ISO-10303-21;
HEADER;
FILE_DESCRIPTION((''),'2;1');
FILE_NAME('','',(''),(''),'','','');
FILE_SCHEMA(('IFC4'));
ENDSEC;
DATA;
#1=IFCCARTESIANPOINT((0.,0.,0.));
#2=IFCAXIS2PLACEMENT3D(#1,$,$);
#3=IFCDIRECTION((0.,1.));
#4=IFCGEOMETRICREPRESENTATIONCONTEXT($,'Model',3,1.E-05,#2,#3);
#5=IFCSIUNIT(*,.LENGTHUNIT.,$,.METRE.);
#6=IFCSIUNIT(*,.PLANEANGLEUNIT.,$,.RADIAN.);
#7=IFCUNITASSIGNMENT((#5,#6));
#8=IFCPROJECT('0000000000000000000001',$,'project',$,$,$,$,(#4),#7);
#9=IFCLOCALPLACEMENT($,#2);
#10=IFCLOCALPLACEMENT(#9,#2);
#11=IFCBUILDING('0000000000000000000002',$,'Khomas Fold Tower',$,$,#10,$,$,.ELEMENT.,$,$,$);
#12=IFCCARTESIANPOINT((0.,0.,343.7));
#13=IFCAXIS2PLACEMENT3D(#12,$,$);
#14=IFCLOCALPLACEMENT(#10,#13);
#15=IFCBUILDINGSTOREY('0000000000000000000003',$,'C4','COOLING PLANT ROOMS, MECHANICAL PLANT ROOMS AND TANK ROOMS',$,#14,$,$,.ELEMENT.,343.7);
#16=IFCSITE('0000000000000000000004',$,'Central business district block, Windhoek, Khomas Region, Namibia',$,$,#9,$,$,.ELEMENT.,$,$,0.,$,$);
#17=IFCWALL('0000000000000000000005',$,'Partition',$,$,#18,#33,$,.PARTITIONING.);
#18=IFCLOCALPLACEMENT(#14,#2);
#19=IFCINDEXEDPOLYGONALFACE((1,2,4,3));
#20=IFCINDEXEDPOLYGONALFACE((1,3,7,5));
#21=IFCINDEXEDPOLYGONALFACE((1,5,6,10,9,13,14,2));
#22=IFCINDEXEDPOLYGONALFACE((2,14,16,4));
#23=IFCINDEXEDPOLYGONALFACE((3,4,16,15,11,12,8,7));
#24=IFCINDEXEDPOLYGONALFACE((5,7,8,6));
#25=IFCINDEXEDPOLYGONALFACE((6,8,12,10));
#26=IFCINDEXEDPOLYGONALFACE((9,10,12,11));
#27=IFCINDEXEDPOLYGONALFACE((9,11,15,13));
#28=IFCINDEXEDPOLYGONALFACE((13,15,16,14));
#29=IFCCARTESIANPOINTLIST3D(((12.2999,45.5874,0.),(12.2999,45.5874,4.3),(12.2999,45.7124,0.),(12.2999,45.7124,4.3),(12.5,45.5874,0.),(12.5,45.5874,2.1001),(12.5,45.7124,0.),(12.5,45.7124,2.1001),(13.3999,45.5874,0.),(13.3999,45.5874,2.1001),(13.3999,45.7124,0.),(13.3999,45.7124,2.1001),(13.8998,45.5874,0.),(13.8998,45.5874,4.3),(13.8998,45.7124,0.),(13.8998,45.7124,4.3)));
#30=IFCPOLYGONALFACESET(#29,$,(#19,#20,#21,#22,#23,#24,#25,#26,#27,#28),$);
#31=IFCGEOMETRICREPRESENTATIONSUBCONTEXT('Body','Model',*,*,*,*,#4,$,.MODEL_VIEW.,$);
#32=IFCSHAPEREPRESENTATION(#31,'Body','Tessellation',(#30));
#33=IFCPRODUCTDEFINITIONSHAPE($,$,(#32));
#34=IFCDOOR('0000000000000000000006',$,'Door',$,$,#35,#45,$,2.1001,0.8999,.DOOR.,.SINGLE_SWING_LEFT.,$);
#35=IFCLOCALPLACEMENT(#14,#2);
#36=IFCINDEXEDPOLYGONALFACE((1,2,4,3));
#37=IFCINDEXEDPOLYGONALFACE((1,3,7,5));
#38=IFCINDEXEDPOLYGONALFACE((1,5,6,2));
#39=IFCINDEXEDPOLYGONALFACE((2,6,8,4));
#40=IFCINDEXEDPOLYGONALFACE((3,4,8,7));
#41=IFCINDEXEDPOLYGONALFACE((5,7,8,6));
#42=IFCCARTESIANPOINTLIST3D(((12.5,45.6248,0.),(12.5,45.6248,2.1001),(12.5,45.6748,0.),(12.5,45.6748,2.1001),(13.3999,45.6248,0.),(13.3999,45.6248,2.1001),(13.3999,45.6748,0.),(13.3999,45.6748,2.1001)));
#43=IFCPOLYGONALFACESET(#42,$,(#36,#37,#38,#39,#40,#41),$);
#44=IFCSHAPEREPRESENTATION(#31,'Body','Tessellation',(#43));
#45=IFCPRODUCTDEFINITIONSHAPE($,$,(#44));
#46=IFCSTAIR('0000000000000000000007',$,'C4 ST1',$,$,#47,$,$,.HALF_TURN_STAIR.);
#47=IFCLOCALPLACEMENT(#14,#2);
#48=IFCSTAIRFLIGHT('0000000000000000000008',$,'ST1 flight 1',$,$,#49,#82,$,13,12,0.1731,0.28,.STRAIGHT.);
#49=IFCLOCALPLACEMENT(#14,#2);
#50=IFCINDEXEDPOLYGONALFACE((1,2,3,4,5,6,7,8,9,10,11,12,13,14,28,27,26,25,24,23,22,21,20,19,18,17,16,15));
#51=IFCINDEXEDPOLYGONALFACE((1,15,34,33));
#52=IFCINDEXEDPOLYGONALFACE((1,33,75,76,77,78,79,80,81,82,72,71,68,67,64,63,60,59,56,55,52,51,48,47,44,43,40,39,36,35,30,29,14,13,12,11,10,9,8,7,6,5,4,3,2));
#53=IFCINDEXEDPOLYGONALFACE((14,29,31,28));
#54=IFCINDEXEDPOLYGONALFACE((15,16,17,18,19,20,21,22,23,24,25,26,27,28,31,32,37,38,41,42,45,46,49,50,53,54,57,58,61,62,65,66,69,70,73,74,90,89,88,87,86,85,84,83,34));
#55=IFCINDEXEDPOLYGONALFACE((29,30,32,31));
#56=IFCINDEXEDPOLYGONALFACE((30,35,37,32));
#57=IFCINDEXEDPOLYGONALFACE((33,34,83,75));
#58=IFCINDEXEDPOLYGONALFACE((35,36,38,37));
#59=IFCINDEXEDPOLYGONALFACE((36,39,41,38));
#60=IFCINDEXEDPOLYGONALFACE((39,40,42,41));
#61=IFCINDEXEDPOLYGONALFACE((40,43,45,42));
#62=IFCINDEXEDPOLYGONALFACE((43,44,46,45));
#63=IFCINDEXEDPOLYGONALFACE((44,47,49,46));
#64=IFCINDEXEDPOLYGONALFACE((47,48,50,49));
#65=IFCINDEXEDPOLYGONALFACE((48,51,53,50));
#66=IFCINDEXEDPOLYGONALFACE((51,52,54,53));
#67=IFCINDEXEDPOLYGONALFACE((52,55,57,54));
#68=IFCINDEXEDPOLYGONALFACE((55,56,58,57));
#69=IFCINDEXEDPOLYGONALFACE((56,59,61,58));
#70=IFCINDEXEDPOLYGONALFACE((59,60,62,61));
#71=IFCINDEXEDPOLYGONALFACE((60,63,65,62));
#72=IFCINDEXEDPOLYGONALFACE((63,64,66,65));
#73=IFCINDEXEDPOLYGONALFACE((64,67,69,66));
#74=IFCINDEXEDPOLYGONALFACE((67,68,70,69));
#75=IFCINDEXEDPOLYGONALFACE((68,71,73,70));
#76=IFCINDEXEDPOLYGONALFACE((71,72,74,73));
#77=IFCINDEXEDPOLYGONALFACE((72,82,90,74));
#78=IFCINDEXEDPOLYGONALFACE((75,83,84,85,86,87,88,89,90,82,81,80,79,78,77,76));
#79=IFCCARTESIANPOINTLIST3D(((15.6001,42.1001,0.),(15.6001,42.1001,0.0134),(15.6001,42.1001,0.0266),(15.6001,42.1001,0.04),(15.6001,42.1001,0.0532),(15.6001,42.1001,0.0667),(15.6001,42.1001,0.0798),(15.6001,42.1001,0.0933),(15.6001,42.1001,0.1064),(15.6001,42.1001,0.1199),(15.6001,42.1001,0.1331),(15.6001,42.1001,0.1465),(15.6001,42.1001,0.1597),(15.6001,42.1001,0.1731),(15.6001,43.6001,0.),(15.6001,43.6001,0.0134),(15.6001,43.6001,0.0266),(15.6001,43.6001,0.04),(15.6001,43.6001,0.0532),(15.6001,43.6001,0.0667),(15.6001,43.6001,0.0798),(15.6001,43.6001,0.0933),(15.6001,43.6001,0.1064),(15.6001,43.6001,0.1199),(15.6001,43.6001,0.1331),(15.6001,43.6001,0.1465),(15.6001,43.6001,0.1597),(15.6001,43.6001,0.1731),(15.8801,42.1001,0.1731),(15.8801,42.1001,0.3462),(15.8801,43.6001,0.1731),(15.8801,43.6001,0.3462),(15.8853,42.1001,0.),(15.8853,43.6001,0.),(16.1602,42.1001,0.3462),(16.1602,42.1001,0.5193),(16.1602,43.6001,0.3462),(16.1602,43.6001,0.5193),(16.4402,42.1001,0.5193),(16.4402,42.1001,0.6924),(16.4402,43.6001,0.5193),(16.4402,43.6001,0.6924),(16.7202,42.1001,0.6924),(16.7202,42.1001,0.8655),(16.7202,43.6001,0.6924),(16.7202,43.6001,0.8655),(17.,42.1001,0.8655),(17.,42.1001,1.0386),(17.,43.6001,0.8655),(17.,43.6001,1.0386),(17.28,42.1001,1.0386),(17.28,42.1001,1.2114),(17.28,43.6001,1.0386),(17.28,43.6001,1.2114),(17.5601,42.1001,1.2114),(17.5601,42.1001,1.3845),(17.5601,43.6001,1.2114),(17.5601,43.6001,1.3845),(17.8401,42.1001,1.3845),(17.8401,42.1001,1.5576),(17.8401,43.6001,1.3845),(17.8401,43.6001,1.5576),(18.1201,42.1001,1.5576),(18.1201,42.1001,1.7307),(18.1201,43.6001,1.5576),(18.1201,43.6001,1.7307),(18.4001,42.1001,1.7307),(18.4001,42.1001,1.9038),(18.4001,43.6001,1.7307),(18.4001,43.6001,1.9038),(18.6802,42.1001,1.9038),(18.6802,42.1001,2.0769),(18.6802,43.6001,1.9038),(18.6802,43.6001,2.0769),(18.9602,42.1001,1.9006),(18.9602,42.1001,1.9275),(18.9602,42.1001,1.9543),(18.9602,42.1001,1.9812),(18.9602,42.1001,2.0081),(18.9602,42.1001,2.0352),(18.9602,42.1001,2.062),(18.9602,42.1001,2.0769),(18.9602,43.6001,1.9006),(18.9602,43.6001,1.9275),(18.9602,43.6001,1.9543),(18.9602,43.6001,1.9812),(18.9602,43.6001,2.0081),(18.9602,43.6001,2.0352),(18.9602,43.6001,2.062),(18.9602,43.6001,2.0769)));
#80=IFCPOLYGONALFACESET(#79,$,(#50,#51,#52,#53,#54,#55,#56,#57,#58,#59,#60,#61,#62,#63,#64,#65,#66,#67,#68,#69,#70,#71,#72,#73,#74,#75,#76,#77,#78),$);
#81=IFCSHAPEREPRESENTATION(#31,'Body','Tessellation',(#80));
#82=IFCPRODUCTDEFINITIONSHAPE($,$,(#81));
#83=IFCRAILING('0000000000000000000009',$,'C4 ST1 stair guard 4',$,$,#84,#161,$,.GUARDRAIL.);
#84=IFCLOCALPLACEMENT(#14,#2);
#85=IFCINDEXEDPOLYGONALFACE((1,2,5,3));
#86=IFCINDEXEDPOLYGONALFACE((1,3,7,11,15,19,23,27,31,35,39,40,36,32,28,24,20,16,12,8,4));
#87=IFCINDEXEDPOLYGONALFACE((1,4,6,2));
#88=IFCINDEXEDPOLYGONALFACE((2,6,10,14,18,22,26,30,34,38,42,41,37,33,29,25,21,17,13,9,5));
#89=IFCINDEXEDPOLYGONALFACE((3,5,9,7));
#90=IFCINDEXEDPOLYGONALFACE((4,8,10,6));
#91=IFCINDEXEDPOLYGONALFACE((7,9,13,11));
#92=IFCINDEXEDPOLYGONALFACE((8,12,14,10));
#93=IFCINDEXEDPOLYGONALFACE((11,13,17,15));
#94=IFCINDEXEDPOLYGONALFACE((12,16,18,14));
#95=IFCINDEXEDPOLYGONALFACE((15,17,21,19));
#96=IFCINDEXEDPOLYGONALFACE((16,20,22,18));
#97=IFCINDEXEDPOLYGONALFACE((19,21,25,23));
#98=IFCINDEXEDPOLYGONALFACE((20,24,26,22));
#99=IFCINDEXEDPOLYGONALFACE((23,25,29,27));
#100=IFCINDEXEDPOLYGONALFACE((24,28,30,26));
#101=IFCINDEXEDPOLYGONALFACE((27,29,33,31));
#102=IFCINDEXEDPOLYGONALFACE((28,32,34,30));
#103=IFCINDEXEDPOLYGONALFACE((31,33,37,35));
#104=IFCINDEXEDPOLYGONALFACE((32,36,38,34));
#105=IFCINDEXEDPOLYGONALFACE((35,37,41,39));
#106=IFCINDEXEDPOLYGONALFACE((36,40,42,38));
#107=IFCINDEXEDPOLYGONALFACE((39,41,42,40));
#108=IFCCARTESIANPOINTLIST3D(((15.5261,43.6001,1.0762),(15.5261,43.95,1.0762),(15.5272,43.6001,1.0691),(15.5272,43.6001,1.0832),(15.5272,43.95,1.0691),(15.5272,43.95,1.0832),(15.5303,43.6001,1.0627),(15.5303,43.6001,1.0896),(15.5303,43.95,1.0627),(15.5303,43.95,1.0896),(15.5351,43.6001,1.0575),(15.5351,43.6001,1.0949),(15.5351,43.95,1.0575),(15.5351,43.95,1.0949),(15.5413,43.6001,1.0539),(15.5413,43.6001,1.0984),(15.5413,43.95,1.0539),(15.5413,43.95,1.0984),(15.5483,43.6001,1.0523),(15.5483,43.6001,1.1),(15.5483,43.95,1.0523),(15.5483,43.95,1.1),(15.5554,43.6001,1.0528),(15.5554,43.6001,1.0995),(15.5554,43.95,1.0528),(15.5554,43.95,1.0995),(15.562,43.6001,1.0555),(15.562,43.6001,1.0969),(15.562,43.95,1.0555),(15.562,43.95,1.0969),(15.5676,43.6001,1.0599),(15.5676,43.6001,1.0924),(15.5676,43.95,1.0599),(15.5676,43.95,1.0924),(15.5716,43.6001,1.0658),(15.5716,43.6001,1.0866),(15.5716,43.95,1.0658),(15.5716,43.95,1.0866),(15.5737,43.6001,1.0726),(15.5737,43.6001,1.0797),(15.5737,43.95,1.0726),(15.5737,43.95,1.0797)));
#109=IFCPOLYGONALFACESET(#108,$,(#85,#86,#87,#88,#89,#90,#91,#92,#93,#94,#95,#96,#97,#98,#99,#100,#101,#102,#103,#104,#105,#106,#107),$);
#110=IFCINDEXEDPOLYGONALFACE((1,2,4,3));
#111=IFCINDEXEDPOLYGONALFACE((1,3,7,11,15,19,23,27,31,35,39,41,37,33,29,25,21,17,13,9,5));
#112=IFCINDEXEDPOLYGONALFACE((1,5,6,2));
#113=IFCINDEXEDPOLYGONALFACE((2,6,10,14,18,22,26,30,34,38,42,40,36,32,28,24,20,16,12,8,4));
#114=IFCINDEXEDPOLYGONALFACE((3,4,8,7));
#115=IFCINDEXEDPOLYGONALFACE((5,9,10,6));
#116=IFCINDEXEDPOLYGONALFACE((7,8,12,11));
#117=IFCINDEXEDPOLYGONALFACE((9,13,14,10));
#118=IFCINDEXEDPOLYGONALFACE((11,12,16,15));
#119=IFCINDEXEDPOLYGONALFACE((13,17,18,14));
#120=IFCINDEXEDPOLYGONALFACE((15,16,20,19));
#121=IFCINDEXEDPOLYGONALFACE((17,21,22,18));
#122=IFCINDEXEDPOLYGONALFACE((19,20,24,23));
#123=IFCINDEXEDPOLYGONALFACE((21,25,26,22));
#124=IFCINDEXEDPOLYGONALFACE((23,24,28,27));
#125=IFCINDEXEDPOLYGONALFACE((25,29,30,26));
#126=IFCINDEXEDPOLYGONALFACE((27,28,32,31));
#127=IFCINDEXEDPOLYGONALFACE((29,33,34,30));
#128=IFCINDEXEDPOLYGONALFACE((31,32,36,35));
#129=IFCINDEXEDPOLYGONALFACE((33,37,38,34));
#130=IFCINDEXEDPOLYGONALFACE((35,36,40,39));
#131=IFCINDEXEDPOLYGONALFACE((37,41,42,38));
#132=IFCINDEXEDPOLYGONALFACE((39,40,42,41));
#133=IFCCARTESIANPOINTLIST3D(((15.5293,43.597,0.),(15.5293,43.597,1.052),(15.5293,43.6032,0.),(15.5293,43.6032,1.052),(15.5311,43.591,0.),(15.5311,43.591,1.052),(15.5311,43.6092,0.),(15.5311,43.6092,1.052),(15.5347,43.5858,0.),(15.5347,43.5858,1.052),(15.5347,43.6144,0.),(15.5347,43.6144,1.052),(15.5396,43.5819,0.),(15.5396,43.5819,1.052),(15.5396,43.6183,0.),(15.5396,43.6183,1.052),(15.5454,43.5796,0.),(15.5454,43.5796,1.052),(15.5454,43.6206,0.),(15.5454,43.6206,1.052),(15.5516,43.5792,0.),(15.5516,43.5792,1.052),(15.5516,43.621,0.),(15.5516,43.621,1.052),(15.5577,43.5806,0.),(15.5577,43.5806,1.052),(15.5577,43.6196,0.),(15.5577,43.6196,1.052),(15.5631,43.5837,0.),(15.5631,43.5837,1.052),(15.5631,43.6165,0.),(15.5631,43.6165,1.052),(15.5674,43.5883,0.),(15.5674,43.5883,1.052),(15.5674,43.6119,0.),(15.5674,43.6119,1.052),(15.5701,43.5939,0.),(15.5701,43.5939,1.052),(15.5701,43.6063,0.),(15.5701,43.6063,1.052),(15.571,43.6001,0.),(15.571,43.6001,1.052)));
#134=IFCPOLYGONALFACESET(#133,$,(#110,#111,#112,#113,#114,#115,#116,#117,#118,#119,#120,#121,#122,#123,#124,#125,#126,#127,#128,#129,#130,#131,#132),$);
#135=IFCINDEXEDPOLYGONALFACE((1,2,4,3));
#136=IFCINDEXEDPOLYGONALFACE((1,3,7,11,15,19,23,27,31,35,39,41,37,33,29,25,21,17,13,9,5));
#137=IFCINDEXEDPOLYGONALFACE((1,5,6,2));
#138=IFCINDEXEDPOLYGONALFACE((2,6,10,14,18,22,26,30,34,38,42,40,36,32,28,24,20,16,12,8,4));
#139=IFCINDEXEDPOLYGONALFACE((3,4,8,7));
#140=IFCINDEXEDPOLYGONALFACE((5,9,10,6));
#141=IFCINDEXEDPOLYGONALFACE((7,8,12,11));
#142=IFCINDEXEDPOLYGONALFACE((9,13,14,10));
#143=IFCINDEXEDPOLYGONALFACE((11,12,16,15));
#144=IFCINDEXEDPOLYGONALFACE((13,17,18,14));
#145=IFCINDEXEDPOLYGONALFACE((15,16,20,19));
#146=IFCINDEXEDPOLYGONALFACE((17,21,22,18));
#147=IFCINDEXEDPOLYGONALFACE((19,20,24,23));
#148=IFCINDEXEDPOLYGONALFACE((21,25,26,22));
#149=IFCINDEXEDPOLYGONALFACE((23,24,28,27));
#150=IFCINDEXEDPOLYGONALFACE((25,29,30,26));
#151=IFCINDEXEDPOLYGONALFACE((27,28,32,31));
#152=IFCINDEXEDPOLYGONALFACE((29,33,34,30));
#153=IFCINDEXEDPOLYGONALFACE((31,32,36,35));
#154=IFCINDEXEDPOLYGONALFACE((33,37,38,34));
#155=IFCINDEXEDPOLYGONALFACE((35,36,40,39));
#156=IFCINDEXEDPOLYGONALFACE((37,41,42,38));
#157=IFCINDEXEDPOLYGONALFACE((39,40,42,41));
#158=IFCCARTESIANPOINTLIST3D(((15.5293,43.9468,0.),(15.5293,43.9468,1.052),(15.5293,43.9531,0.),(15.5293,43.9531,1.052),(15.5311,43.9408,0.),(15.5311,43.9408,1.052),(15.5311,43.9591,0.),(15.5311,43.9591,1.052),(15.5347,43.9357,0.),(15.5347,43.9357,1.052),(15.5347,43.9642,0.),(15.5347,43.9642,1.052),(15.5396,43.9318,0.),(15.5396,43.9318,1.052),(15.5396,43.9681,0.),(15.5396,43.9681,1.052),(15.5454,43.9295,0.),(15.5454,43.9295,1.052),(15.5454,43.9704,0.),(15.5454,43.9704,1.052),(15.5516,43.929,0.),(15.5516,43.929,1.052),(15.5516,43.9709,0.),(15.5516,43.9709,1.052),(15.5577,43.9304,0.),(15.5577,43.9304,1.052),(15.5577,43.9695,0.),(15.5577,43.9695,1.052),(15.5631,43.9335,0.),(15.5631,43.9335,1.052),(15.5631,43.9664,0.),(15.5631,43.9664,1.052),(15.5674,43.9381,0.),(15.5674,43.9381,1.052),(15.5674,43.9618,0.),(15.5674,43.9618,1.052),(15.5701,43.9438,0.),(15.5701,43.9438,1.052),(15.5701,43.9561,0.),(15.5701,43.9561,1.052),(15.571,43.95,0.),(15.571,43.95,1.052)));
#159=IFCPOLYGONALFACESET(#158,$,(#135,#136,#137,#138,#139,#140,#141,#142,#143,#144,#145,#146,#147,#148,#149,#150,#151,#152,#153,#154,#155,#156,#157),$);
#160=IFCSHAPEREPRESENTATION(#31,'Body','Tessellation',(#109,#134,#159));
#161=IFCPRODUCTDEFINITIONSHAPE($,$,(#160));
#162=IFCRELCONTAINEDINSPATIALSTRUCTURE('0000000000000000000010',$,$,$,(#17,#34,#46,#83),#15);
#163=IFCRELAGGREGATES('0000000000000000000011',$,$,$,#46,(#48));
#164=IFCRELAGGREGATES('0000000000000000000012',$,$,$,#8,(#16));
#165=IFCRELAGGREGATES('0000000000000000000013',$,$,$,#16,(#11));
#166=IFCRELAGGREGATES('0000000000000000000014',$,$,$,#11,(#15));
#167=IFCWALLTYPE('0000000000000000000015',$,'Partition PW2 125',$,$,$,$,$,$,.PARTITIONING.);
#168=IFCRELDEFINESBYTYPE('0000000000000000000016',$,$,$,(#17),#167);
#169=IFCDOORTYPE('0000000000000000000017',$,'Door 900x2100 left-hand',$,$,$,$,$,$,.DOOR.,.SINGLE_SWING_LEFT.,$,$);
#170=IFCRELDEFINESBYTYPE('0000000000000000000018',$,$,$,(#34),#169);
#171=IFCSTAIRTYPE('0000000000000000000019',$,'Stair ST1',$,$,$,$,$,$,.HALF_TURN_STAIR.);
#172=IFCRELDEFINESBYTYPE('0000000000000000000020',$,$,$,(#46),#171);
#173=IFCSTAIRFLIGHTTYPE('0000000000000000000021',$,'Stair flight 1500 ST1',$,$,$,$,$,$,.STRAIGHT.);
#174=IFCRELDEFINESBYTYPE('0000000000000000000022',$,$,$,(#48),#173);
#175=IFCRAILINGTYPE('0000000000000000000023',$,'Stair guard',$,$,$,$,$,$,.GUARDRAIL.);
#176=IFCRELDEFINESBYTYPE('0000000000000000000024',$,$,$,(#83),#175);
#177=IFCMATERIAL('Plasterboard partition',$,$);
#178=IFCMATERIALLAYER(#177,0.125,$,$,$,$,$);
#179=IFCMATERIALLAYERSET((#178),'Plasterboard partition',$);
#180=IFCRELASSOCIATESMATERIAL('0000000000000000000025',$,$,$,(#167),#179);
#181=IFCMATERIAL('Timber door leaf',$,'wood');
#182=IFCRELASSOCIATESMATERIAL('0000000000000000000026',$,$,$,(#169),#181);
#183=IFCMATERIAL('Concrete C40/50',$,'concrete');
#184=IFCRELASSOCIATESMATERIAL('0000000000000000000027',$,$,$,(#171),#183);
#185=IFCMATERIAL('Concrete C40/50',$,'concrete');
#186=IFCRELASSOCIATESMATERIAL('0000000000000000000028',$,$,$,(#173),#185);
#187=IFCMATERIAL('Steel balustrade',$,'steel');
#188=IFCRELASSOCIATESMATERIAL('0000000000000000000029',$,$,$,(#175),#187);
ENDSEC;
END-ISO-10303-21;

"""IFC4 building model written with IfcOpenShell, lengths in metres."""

from ifc_helpers import new_model, si_unit, direction, frame, frame_2d, origin, origin_2d, place, context, subcontext, project, spatial, polyline, rectangle, circle, outline, extrude, source, transform, mapped, material, layer, layer_set, type_object, element, fill, aggregate, save


model = new_model("IFC4")

# Units and contexts
model_context = context("Model", 3, precision=1e-05, world=origin(), true_north=direction((0.0, 1.0)))
body_context = subcontext(model_context, "Body", "Model", "MODEL_VIEW")
ifc_project = project(units=[si_unit("LENGTHUNIT", "METRE"), si_unit("PLANEANGLEUNIT", "RADIAN")], contexts=[model_context])

# Site, building, storey
site_placement = place(None, origin())
site = spatial("IfcSite", under=ifc_project, at=site_placement, Name="Central business district block, Windhoek, Khomas Region, Namibia", CompositionType="ELEMENT", RefElevation=0.0)
building_placement = place(site_placement, origin())
building = spatial("IfcBuilding", under=site, at=building_placement, Name="Khomas Fold Tower", CompositionType="ELEMENT")
storey_placement = place(building_placement, frame((0.0, 0.0, 343.7)))
storey = spatial("IfcBuildingStorey", under=building, at=storey_placement, Name="C4", Description="COOLING PLANT ROOMS, MECHANICAL PLANT ROOMS AND TANK ROOMS", CompositionType="ELEMENT", Elevation=343.7)

# Shared definitions
ifc_material_1 = material(Name="Plasterboard partition")
ifc_layer_1 = layer(ifc_material_1, 0.125)
ifc_layer_set_1 = layer_set([ifc_layer_1], Name="Plasterboard partition")
wall_type_1 = type_object("IfcWallType", Name="Partition PW2 125", PredefinedType="PARTITIONING", material=ifc_layer_set_1)

# Wall, opening, door
shared_shape_1 = source(origin(), body_context, "Body", "SweptSolid", [
    extrude(rectangle(XDim=1.5999, YDim=0.125, at=frame_2d((0.7998, 0.0))), origin(), (0.0, 0.0, 1.0), 4.3),
])
wall_1_placement = place(storey_placement, frame((12.3, 45.6499, 0.0), z_axis=(0.0, 0.0, 1.0), x_axis=(1.0, 0.0, 0.0)))
wall_1 = element("IfcWall", 1, at=wall_1_placement, inside=storey, type_object=wall_type_1, Name="Partition", PredefinedType="PARTITIONING", context=body_context, shape_type="MappedRepresentation", body=[
    mapped(shared_shape_1, transform((0.0, 0.0, 0.0))),
])
shared_shape_2 = source(origin(), body_context, "Body", "SweptSolid", [
    extrude(rectangle(XDim=0.8999, YDim=2.1001, at=frame_2d((0.45, 1.05))), frame((0.0, 0.0725, 0.0), z_axis=(0.0, -1.0, 0.0), x_axis=(1.0, 0.0, 0.0)), (0.0, 0.0, 1.0), 0.145),
])
opening_1_placement = place(wall_1_placement, frame((0.2, 0.0, 0.0)))
opening_1 = element("IfcOpeningElement", 2, at=opening_1_placement, cuts=wall_1, PredefinedType="OPENING", context=body_context, shape_type="MappedRepresentation", body=[
    mapped(shared_shape_2, transform((0.0, 0.0, 0.0))),
])
ifc_material_2 = material(Name="Timber door leaf", Category="wood")
door_type_1 = type_object("IfcDoorType", Name="Door 900x2100 left-hand", OperationType="SINGLE_SWING_LEFT", PredefinedType="DOOR", material=ifc_material_2)
shared_shape_3 = source(origin(), body_context, "Body", "SweptSolid", [
    extrude(rectangle(XDim=0.8999, YDim=2.1001, at=frame_2d((0.45, 1.05))), frame((0.0, 0.0249, 0.0), z_axis=(0.0, -1.0, 0.0), x_axis=(1.0, 0.0, 0.0)), (0.0, 0.0, 1.0), 0.05),
])
door_1_placement = place(opening_1_placement, origin())
door_1 = element("IfcDoor", 3, at=door_1_placement, inside=storey, type_object=door_type_1, Name="Door", OperationType="SINGLE_SWING_LEFT", OverallHeight=2.1001, OverallWidth=0.8999, PredefinedType="DOOR", context=body_context, shape_type="MappedRepresentation", body=[
    mapped(shared_shape_3, transform((0.0, 0.0, 0.0))),
])
fill(opening_1, door_1)

# Stair, stair flight
ifc_material_3 = material(Name="Concrete C40/50", Category="concrete")
stair_type = type_object("IfcStairType", Name="Stair ST1", PredefinedType="HALF_TURN_STAIR", material=ifc_material_3)
stair_placement = place(storey_placement, origin())
stair = element("IfcStair", 4, at=stair_placement, inside=storey, type_object=stair_type, Name="C4 ST1", PredefinedType="HALF_TURN_STAIR")
ifc_material_4 = material(Name="Concrete C40/50", Category="concrete")
stair_flight_type = type_object("IfcStairFlightType", Name="Stair flight 1500 ST1", PredefinedType="STRAIGHT", material=ifc_material_4)
shared_shape_4 = source(origin(), body_context, "Body", "SweptSolid", [
    extrude(outline(polyline([(0.0, 0.0), (0.0, 0.0134), (0.0, 0.0266), (0.0, 0.04), (0.0, 0.0532), (0.0, 0.0667), (0.0, 0.0798), (0.0, 0.0933), (0.0, 0.1064), (0.0, 0.1199), (0.0, 0.1331), (0.0, 0.1465), (0.0, 0.1597), (0.0, 0.1731), (0.28, 0.1731), (0.28, 0.3462), (0.5601, 0.3462), (0.5601, 0.5193), (0.8401, 0.5193), (0.8401, 0.6924), (1.1201, 0.6924), (1.1201, 0.8655), (1.3999, 0.8655), (1.3999, 1.0386), (1.6799, 1.0386), (1.6799, 1.2114), (1.96, 1.2114), (1.96, 1.3845), (2.24, 1.3845), (2.24, 1.5576), (2.52, 1.5576), (2.52, 1.7307), (2.8, 1.7307), (2.8, 1.9038), (3.0801, 1.9038), (3.0801, 2.0769), (3.3601, 2.0769), (3.3601, 2.25), (3.3601, 2.2231), (3.3601, 2.1963), (3.3601, 2.1694), (3.3601, 2.1426), (3.3601, 2.1157), (3.3601, 2.0889), (3.3601, 2.062), (3.3601, 2.0352), (3.3601, 2.0081), (3.3601, 1.9812), (3.3601, 1.9543), (3.3601, 1.9275), (3.3601, 1.9006), (0.2852, 0.0), (0.0, 0.0)])), frame((0.0, 0.75, 0.0), z_axis=(0.0, -1.0, 0.0), x_axis=(1.0, 0.0, 0.0)), (0.0, 0.0, 1.0), 1.5),
])
stair_flight_placement = place(storey_placement, frame((15.6001, 42.8501, 0.0), z_axis=(0.0, 0.0, 1.0), x_axis=(1.0, 0.0, 0.0)))
stair_flight = element("IfcStairFlight", 5, at=stair_flight_placement, type_object=stair_flight_type, Name="ST1 flight 1", NumberOfRisers=13, NumberOfTreads=12, PredefinedType="STRAIGHT", RiserHeight=0.1731, TreadLength=0.28, context=body_context, shape_type="MappedRepresentation", body=[
    mapped(shared_shape_4, transform((0.0, 0.0, 0.0))),
])
aggregate(stair, [stair_flight])

# Railing
ifc_material_5 = material(Name="Steel balustrade", Category="steel")
railing_type_1 = type_object("IfcRailingType", Name="Stair guard", PredefinedType="GUARDRAIL", material=ifc_material_5)
shared_shape_5 = source(origin(), body_context, "Body", "SweptSolid", [
    extrude(circle(Radius=0.0239, at=origin_2d()), frame((0.0, 0.0, 1.0762), z_axis=(0.0, 1.0, 0.0), x_axis=(-1.0, 0.0, 0.0)), (0.0, 0.0, 1.0), 0.3499),
    extrude(circle(Radius=0.021, at=origin_2d()), origin(), (0.0, 0.0, 1.0), 1.052),
    extrude(circle(Radius=0.021, at=origin_2d()), frame((0.0, 0.3499, 0.0)), (0.0, 0.0, 1.0), 1.052),
])
railing_1_placement = place(storey_placement, frame((15.55, 43.6001, 0.0)))
element("IfcRailing", 6, at=railing_1_placement, inside=storey, type_object=railing_type_1, Name="C4 ST1 stair guard 4", PredefinedType="GUARDRAIL", context=body_context, shape_type="MappedRepresentation", body=[
    mapped(shared_shape_5, transform((0.0, 0.0, 0.0))),
])

save(model, "model.ifc")
